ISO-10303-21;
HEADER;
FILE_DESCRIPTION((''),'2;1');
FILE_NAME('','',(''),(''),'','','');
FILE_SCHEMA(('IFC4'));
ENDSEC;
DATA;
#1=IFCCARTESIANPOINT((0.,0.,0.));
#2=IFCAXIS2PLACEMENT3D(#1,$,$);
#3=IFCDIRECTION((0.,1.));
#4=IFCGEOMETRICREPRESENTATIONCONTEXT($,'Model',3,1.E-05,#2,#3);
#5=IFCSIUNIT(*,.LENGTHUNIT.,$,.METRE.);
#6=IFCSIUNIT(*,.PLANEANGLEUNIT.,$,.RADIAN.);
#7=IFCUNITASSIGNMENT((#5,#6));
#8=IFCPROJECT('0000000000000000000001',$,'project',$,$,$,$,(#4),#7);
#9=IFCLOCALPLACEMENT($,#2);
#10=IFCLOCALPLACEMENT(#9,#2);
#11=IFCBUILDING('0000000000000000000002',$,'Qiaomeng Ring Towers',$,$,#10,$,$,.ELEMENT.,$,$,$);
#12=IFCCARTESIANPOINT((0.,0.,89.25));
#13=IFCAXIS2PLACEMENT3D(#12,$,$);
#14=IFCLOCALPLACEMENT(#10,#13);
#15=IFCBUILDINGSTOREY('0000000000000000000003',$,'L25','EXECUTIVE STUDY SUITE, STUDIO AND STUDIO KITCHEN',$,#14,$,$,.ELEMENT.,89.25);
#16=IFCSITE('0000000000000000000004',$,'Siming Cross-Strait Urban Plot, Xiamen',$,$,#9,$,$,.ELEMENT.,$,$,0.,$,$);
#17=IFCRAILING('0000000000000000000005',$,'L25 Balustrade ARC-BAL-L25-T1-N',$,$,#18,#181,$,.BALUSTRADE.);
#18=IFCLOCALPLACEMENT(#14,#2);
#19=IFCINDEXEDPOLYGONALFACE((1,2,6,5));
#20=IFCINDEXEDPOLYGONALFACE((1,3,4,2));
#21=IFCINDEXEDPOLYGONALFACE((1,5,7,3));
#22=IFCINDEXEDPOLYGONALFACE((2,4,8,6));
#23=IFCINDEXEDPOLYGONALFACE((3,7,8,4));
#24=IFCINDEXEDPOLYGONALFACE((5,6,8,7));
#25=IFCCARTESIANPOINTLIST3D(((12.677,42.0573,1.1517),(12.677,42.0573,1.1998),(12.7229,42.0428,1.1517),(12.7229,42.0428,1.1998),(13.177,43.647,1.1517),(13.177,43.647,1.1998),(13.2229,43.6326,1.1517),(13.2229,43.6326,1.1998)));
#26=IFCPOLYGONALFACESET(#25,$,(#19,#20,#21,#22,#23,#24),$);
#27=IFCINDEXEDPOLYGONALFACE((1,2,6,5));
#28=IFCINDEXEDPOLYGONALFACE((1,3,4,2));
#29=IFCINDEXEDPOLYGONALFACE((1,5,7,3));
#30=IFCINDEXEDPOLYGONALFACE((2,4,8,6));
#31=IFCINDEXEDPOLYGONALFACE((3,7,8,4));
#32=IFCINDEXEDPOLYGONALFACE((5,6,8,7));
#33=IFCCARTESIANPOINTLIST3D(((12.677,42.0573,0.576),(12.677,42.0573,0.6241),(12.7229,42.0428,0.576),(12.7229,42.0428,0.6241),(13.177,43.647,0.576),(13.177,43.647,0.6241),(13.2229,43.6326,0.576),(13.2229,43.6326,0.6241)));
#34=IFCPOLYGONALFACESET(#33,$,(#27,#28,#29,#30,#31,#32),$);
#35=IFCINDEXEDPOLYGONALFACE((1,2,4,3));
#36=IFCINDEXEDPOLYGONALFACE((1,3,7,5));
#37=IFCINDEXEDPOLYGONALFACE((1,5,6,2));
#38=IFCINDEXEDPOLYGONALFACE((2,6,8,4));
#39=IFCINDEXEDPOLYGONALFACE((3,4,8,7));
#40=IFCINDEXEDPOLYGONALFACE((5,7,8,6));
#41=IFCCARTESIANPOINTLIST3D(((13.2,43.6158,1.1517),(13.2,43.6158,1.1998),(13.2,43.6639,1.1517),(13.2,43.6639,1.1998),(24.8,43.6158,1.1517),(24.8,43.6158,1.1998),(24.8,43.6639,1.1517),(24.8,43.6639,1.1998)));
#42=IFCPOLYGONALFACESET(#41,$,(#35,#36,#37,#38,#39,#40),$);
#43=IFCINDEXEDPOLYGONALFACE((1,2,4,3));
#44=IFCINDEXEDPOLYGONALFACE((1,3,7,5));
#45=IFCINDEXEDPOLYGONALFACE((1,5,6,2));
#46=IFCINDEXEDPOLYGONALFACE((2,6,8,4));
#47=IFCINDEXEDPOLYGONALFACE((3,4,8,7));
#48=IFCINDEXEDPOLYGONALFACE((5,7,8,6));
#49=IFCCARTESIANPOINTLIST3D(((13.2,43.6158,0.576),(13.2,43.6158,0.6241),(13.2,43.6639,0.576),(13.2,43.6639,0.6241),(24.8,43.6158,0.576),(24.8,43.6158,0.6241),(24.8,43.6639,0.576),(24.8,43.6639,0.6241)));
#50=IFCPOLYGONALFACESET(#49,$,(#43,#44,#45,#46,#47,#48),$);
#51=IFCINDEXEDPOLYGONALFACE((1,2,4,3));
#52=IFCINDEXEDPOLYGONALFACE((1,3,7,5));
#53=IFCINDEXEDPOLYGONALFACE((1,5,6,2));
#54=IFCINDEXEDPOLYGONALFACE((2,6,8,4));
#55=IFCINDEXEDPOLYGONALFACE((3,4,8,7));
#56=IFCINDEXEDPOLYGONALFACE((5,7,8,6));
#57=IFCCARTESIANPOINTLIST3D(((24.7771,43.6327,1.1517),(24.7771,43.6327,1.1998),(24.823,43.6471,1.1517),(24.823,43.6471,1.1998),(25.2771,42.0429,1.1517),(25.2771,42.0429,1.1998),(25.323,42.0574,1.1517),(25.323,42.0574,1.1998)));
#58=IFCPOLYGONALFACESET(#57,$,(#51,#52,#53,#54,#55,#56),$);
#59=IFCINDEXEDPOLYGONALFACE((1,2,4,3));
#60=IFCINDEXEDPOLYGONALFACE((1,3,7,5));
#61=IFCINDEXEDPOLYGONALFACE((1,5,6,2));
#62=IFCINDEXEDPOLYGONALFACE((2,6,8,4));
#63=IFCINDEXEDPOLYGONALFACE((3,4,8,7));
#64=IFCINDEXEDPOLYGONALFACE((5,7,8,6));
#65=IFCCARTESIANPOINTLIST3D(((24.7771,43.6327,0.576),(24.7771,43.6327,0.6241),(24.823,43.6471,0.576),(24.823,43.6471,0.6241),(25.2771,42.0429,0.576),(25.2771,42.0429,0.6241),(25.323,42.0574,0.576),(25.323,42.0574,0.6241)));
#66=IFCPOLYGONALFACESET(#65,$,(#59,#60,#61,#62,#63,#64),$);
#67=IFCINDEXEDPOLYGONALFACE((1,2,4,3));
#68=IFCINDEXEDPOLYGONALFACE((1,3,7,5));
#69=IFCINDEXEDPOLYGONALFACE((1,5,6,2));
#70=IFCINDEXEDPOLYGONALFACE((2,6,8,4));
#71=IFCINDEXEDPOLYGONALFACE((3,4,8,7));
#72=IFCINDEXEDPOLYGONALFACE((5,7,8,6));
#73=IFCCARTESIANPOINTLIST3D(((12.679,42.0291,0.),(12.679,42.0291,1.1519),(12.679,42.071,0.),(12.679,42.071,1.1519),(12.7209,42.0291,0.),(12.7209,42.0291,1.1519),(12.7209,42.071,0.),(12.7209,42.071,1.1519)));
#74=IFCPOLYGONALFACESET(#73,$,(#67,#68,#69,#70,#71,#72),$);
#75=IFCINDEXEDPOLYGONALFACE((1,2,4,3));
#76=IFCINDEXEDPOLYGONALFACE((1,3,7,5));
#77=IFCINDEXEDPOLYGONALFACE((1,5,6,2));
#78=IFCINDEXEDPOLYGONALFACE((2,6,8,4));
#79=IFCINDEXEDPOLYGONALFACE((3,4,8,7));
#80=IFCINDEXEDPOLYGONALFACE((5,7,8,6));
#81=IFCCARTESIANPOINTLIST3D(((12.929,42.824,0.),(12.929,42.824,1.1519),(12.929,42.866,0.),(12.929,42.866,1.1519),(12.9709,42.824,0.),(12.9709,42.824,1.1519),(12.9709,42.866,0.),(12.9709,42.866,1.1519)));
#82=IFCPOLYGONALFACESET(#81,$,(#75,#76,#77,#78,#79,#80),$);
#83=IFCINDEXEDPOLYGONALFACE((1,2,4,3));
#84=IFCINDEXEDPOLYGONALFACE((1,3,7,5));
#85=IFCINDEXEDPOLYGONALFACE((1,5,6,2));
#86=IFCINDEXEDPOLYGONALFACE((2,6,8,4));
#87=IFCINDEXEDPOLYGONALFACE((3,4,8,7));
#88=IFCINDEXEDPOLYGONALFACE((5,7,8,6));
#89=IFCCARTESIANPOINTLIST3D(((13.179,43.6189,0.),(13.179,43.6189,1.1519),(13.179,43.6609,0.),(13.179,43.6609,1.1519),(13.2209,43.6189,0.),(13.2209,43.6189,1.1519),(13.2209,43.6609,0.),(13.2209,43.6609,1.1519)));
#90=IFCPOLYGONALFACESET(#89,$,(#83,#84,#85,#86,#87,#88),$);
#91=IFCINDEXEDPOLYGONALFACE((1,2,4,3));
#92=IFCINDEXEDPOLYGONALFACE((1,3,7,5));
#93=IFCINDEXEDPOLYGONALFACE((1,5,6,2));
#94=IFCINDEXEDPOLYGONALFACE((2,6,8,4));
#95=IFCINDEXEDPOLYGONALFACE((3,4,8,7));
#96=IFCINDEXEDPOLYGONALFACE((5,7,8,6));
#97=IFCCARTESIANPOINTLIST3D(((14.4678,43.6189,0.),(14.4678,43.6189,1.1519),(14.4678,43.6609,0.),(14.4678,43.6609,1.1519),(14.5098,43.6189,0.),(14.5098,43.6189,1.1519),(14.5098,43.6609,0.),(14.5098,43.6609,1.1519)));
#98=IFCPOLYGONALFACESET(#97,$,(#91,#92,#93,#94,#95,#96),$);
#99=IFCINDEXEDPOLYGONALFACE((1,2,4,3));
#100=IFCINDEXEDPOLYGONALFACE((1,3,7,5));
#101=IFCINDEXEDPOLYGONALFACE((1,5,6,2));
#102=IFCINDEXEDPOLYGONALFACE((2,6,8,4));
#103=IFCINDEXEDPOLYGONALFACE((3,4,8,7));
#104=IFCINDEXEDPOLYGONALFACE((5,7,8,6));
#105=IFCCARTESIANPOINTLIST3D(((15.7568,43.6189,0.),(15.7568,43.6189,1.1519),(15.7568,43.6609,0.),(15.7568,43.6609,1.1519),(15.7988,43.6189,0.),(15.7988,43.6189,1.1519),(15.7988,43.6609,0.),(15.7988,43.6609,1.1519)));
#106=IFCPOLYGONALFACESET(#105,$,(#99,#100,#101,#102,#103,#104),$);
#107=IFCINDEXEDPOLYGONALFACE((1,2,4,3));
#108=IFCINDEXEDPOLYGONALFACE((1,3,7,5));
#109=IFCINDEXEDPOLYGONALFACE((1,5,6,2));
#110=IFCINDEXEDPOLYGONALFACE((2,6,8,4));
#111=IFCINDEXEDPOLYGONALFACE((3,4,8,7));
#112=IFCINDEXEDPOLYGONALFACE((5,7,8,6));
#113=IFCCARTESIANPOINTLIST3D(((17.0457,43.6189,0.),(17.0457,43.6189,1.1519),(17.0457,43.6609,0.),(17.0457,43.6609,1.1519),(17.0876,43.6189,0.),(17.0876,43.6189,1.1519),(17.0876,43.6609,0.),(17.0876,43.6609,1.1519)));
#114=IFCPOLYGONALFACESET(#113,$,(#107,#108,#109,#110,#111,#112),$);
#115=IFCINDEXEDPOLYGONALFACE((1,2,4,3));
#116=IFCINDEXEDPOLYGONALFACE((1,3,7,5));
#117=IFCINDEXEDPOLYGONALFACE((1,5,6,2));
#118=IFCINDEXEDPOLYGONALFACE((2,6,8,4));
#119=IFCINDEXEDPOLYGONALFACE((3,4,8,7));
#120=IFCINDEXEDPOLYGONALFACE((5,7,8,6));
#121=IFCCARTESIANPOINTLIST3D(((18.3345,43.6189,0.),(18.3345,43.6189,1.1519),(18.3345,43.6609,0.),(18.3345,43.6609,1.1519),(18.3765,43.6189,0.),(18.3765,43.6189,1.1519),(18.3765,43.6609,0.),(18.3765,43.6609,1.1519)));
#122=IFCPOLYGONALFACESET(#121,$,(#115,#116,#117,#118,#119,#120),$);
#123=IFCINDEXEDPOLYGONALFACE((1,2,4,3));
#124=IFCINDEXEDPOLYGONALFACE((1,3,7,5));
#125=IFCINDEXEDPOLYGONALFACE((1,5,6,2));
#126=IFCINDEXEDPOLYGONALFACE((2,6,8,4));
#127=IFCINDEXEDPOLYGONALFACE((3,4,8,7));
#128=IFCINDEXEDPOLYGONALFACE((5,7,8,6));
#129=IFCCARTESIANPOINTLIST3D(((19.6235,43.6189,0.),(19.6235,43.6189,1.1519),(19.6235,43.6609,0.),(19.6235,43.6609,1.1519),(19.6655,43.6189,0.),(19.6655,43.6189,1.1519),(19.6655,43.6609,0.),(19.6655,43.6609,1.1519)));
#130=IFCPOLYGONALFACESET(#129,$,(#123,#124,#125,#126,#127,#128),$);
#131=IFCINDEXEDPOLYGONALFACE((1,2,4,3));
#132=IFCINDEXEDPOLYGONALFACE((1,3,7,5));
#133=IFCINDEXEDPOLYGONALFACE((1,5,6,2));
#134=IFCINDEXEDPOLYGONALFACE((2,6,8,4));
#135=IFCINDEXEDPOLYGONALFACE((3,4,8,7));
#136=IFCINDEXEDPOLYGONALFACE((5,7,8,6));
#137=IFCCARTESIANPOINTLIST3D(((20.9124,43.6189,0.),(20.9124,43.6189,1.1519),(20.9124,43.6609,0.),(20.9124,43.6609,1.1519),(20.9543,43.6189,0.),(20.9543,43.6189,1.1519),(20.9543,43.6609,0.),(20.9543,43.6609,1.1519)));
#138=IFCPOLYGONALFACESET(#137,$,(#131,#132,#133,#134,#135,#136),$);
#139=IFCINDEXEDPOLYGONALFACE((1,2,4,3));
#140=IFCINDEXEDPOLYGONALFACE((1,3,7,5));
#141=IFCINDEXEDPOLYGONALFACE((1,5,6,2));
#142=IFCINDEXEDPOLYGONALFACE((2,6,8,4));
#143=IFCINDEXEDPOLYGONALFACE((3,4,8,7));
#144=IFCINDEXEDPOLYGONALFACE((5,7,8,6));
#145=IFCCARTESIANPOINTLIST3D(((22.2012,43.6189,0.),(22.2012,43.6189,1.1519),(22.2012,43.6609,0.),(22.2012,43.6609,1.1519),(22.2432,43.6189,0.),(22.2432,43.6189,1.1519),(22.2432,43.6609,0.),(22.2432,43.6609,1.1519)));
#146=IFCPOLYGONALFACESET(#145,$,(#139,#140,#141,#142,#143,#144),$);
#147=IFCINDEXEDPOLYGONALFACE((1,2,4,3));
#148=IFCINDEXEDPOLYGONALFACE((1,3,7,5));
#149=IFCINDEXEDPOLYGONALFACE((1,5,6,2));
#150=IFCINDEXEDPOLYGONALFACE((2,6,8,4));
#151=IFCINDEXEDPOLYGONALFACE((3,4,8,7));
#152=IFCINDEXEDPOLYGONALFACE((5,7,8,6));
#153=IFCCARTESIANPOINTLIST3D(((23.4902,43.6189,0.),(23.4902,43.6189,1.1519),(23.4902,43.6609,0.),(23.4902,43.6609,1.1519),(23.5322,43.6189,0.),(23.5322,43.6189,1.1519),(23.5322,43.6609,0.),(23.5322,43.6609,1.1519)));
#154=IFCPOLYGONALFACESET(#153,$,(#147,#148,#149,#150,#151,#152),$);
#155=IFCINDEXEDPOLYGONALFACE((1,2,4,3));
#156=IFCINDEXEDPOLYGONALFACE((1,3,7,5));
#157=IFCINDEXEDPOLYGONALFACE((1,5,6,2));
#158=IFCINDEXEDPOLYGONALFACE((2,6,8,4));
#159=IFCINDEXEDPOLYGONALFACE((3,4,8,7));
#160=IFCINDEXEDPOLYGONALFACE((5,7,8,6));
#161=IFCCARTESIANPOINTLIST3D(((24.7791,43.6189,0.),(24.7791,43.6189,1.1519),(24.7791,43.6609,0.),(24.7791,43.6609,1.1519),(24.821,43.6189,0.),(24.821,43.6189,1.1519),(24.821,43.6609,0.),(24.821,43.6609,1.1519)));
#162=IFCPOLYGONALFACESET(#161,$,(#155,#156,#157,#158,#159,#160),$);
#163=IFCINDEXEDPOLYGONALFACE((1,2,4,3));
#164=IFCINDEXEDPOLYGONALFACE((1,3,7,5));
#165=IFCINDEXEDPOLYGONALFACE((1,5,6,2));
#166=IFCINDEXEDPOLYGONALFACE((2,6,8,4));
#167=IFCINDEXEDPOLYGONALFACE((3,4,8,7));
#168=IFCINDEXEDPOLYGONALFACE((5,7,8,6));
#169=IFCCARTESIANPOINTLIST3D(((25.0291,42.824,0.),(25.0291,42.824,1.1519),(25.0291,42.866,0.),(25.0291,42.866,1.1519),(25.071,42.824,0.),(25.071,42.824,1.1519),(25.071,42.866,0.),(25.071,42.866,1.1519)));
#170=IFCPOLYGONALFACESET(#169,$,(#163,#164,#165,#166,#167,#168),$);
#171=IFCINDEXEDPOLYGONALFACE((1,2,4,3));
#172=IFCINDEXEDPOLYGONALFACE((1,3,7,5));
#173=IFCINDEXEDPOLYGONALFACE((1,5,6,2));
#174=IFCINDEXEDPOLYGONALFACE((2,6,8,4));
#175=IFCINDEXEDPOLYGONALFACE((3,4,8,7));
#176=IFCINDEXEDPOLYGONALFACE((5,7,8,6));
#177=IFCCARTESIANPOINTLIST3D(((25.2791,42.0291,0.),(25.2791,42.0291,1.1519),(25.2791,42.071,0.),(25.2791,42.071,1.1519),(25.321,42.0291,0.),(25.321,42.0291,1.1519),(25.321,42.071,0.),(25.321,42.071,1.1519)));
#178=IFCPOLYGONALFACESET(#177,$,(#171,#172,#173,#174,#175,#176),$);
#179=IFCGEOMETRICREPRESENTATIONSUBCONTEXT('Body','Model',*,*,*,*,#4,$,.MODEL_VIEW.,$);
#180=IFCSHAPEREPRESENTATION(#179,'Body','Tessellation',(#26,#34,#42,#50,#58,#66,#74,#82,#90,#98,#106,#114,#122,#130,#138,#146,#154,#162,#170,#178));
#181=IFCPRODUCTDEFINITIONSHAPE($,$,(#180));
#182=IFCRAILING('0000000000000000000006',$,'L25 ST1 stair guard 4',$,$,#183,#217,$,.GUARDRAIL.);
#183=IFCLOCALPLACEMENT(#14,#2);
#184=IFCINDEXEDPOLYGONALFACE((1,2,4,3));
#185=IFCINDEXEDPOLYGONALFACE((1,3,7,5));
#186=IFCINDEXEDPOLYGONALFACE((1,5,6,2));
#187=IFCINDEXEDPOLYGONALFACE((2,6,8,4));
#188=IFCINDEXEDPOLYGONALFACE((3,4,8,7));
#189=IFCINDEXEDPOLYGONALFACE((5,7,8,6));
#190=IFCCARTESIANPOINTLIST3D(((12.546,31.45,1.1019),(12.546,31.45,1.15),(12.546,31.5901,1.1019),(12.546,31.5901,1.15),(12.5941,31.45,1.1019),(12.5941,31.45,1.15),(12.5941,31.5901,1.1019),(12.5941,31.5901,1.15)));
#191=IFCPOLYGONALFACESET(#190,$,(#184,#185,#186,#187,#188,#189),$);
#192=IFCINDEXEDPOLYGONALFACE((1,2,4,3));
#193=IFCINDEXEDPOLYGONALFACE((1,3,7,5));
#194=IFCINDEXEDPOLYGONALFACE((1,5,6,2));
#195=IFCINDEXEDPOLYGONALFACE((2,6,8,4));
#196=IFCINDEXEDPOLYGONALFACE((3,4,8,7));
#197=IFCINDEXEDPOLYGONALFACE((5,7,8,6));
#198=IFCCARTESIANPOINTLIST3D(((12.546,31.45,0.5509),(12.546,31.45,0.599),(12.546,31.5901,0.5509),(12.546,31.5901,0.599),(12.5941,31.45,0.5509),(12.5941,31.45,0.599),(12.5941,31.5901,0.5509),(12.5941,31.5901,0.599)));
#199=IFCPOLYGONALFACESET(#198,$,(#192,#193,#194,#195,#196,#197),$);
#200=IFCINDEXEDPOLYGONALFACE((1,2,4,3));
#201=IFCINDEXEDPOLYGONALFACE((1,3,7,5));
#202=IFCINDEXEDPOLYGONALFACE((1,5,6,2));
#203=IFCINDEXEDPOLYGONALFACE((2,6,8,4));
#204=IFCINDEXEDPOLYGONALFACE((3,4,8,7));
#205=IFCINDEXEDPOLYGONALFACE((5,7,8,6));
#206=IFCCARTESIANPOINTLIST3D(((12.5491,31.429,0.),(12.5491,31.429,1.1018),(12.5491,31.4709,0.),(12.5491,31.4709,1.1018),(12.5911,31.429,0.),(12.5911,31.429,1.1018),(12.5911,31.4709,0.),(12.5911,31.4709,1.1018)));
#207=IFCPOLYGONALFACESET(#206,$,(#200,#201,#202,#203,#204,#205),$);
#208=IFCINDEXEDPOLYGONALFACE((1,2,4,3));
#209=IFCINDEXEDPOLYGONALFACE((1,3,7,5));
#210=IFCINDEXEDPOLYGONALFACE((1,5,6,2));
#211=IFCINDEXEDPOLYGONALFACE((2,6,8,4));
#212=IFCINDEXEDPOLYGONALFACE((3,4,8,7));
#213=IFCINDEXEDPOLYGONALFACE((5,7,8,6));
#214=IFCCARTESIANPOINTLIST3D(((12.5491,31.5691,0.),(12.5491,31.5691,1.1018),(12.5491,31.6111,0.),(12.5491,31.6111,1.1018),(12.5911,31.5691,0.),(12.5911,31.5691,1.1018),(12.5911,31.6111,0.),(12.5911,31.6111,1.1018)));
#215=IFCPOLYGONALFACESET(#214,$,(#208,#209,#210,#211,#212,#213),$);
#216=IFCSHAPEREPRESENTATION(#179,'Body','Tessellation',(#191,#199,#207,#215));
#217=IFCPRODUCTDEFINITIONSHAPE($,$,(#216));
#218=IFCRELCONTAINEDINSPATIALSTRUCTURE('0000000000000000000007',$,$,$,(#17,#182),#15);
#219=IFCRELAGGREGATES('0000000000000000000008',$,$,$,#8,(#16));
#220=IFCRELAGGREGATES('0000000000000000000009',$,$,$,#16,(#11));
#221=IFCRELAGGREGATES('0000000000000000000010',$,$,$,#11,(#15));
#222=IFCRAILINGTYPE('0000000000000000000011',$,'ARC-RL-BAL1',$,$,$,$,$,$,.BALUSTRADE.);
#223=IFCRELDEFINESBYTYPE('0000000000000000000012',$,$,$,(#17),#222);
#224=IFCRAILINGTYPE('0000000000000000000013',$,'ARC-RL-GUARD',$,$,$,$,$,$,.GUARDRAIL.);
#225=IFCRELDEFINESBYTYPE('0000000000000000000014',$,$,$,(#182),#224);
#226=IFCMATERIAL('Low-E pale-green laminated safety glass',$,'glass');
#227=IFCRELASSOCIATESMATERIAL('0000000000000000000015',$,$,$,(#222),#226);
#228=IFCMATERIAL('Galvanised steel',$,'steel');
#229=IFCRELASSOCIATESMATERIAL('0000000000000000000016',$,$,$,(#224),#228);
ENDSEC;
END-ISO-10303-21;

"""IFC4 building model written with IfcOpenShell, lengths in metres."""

from ifc_helpers import new_model, si_unit, direction, frame, origin, origin_2d, place, context, subcontext, project, spatial, rectangle, extrude, material, type_object, element, save


model = new_model("IFC4")

# Units and contexts
model_context = context("Model", 3, precision=1e-05, world=origin(), true_north=direction((0.0, 1.0)))
body_context = subcontext(model_context, "Body", "Model", "MODEL_VIEW")
ifc_project = project(units=[si_unit("LENGTHUNIT", "METRE"), si_unit("PLANEANGLEUNIT", "RADIAN")], contexts=[model_context])

# Site, building, storey
site_placement = place(None, origin())
site = spatial("IfcSite", under=ifc_project, at=site_placement, Name="Siming Cross-Strait Urban Plot, Xiamen", CompositionType="ELEMENT", RefElevation=0.0)
building_placement = place(site_placement, origin())
building = spatial("IfcBuilding", under=site, at=building_placement, Name="Qiaomeng Ring Towers", CompositionType="ELEMENT")
storey_placement = place(building_placement, frame((0.0, 0.0, 89.25)))
storey = spatial("IfcBuildingStorey", under=building, at=storey_placement, Name="L25", Description="EXECUTIVE STUDY SUITE, STUDIO AND STUDIO KITCHEN", CompositionType="ELEMENT", Elevation=89.25)

# Shared definitions
ifc_material_1 = material(Name="Galvanised steel", Category="steel")

# Railings
ifc_material_2 = material(Name="Low-E pale-green laminated safety glass", Category="glass")
railing_type_1 = type_object("IfcRailingType", Name="ARC-RL-BAL1", PredefinedType="BALUSTRADE", material=ifc_material_2)
railing_1_placement = place(storey_placement, frame((12.7, 42.05, 0.0)))
element("IfcRailing", 1, at=railing_1_placement, inside=storey, type_object=railing_type_1, Name="L25 Balustrade ARC-BAL-L25-T1-N", PredefinedType="BALUSTRADE", context=body_context, shape_type="SweptSolid", body=[
    extrude(rectangle(XDim=0.0481, YDim=0.0481, at=origin_2d()), frame((0.0, 0.0, 1.1758), z_axis=(0.300009, 0.953936, 0.0), x_axis=(-0.953936, 0.300009, 0.0)), (0.0, 0.0, 1.0), 1.6665),
    extrude(rectangle(XDim=0.0481, YDim=0.0481, at=origin_2d()), frame((0.0, 0.0, 0.6001), z_axis=(0.300009, 0.953936, 0.0), x_axis=(-0.953936, 0.300009, 0.0)), (0.0, 0.0, 1.0), 1.6665),
    extrude(rectangle(XDim=0.0481, YDim=0.0481, at=origin_2d()), frame((0.5, 1.5898, 1.1758), z_axis=(1.0, 0.0, 0.0), x_axis=(0.0, 1.0, 0.0)), (0.0, 0.0, 1.0), 11.6001),
    extrude(rectangle(XDim=0.0481, YDim=0.0481, at=origin_2d()), frame((0.5, 1.5898, 0.6001), z_axis=(1.0, 0.0, 0.0), x_axis=(0.0, 1.0, 0.0)), (0.0, 0.0, 1.0), 11.6001),
    extrude(rectangle(XDim=0.0481, YDim=0.0481, at=origin_2d()), frame((12.1001, 1.5898, 1.1758), z_axis=(0.300009, -0.953936, 0.0), x_axis=(0.953936, 0.300009, 0.0)), (0.0, 0.0, 1.0), 1.6665),
    extrude(rectangle(XDim=0.0481, YDim=0.0481, at=origin_2d()), frame((12.1001, 1.5898, 0.6001), z_axis=(0.300009, -0.953936, 0.0), x_axis=(0.953936, 0.300009, 0.0)), (0.0, 0.0, 1.0), 1.6665),
    extrude(rectangle(XDim=0.042, YDim=0.042, at=origin_2d()), origin(), (0.0, 0.0, 1.0), 1.1519),
    extrude(rectangle(XDim=0.042, YDim=0.042, at=origin_2d()), frame((0.25, 0.7949, 0.0)), (0.0, 0.0, 1.0), 1.1519),
    extrude(rectangle(XDim=0.042, YDim=0.042, at=origin_2d()), frame((0.5, 1.5898, 0.0)), (0.0, 0.0, 1.0), 1.1519),
    extrude(rectangle(XDim=0.042, YDim=0.042, at=origin_2d()), frame((1.7888, 1.5898, 0.0)), (0.0, 0.0, 1.0), 1.1519),
    extrude(rectangle(XDim=0.042, YDim=0.042, at=origin_2d()), frame((3.0779, 1.5898, 0.0)), (0.0, 0.0, 1.0), 1.1519),
    extrude(rectangle(XDim=0.042, YDim=0.042, at=origin_2d()), frame((4.3667, 1.5898, 0.0)), (0.0, 0.0, 1.0), 1.1519),
    extrude(rectangle(XDim=0.042, YDim=0.042, at=origin_2d()), frame((5.6555, 1.5898, 0.0)), (0.0, 0.0, 1.0), 1.1519),
    extrude(rectangle(XDim=0.042, YDim=0.042, at=origin_2d()), frame((6.9446, 1.5898, 0.0)), (0.0, 0.0, 1.0), 1.1519),
    extrude(rectangle(XDim=0.042, YDim=0.042, at=origin_2d()), frame((8.2334, 1.5898, 0.0)), (0.0, 0.0, 1.0), 1.1519),
    extrude(rectangle(XDim=0.042, YDim=0.042, at=origin_2d()), frame((9.5222, 1.5898, 0.0)), (0.0, 0.0, 1.0), 1.1519),
    extrude(rectangle(XDim=0.042, YDim=0.042, at=origin_2d()), frame((10.8113, 1.5898, 0.0)), (0.0, 0.0, 1.0), 1.1519),
    extrude(rectangle(XDim=0.042, YDim=0.042, at=origin_2d()), frame((12.1001, 1.5898, 0.0)), (0.0, 0.0, 1.0), 1.1519),
    extrude(rectangle(XDim=0.042, YDim=0.042, at=origin_2d()), frame((12.3501, 0.7949, 0.0)), (0.0, 0.0, 1.0), 1.1519),
    extrude(rectangle(XDim=0.042, YDim=0.042, at=origin_2d()), frame((12.6001, 0.0, 0.0)), (0.0, 0.0, 1.0), 1.1519),
])
railing_type_2 = type_object("IfcRailingType", Name="ARC-RL-GUARD", PredefinedType="GUARDRAIL", material=ifc_material_1)
railing_2_placement = place(storey_placement, frame((12.5701, 31.45, 0.0)))
element("IfcRailing", 2, at=railing_2_placement, inside=storey, type_object=railing_type_2, Name="L25 ST1 stair guard 4", PredefinedType="GUARDRAIL", context=body_context, shape_type="SweptSolid", body=[
    extrude(rectangle(XDim=0.0481, YDim=0.0481, at=origin_2d()), frame((0.0, 0.0, 1.126), z_axis=(0.0, 1.0, 0.0), x_axis=(-1.0, 0.0, 0.0)), (0.0, 0.0, 1.0), 0.1401),
    extrude(rectangle(XDim=0.0481, YDim=0.0481, at=origin_2d()), frame((0.0, 0.0, 0.575), z_axis=(0.0, 1.0, 0.0), x_axis=(-1.0, 0.0, 0.0)), (0.0, 0.0, 1.0), 0.1401),
    extrude(rectangle(XDim=0.042, YDim=0.042, at=origin_2d()), origin(), (0.0, 0.0, 1.0), 1.1018),
    extrude(rectangle(XDim=0.042, YDim=0.042, at=origin_2d()), frame((0.0, 0.1401, 0.0)), (0.0, 0.0, 1.0), 1.1018),
])

save(model, "model.ifc")
